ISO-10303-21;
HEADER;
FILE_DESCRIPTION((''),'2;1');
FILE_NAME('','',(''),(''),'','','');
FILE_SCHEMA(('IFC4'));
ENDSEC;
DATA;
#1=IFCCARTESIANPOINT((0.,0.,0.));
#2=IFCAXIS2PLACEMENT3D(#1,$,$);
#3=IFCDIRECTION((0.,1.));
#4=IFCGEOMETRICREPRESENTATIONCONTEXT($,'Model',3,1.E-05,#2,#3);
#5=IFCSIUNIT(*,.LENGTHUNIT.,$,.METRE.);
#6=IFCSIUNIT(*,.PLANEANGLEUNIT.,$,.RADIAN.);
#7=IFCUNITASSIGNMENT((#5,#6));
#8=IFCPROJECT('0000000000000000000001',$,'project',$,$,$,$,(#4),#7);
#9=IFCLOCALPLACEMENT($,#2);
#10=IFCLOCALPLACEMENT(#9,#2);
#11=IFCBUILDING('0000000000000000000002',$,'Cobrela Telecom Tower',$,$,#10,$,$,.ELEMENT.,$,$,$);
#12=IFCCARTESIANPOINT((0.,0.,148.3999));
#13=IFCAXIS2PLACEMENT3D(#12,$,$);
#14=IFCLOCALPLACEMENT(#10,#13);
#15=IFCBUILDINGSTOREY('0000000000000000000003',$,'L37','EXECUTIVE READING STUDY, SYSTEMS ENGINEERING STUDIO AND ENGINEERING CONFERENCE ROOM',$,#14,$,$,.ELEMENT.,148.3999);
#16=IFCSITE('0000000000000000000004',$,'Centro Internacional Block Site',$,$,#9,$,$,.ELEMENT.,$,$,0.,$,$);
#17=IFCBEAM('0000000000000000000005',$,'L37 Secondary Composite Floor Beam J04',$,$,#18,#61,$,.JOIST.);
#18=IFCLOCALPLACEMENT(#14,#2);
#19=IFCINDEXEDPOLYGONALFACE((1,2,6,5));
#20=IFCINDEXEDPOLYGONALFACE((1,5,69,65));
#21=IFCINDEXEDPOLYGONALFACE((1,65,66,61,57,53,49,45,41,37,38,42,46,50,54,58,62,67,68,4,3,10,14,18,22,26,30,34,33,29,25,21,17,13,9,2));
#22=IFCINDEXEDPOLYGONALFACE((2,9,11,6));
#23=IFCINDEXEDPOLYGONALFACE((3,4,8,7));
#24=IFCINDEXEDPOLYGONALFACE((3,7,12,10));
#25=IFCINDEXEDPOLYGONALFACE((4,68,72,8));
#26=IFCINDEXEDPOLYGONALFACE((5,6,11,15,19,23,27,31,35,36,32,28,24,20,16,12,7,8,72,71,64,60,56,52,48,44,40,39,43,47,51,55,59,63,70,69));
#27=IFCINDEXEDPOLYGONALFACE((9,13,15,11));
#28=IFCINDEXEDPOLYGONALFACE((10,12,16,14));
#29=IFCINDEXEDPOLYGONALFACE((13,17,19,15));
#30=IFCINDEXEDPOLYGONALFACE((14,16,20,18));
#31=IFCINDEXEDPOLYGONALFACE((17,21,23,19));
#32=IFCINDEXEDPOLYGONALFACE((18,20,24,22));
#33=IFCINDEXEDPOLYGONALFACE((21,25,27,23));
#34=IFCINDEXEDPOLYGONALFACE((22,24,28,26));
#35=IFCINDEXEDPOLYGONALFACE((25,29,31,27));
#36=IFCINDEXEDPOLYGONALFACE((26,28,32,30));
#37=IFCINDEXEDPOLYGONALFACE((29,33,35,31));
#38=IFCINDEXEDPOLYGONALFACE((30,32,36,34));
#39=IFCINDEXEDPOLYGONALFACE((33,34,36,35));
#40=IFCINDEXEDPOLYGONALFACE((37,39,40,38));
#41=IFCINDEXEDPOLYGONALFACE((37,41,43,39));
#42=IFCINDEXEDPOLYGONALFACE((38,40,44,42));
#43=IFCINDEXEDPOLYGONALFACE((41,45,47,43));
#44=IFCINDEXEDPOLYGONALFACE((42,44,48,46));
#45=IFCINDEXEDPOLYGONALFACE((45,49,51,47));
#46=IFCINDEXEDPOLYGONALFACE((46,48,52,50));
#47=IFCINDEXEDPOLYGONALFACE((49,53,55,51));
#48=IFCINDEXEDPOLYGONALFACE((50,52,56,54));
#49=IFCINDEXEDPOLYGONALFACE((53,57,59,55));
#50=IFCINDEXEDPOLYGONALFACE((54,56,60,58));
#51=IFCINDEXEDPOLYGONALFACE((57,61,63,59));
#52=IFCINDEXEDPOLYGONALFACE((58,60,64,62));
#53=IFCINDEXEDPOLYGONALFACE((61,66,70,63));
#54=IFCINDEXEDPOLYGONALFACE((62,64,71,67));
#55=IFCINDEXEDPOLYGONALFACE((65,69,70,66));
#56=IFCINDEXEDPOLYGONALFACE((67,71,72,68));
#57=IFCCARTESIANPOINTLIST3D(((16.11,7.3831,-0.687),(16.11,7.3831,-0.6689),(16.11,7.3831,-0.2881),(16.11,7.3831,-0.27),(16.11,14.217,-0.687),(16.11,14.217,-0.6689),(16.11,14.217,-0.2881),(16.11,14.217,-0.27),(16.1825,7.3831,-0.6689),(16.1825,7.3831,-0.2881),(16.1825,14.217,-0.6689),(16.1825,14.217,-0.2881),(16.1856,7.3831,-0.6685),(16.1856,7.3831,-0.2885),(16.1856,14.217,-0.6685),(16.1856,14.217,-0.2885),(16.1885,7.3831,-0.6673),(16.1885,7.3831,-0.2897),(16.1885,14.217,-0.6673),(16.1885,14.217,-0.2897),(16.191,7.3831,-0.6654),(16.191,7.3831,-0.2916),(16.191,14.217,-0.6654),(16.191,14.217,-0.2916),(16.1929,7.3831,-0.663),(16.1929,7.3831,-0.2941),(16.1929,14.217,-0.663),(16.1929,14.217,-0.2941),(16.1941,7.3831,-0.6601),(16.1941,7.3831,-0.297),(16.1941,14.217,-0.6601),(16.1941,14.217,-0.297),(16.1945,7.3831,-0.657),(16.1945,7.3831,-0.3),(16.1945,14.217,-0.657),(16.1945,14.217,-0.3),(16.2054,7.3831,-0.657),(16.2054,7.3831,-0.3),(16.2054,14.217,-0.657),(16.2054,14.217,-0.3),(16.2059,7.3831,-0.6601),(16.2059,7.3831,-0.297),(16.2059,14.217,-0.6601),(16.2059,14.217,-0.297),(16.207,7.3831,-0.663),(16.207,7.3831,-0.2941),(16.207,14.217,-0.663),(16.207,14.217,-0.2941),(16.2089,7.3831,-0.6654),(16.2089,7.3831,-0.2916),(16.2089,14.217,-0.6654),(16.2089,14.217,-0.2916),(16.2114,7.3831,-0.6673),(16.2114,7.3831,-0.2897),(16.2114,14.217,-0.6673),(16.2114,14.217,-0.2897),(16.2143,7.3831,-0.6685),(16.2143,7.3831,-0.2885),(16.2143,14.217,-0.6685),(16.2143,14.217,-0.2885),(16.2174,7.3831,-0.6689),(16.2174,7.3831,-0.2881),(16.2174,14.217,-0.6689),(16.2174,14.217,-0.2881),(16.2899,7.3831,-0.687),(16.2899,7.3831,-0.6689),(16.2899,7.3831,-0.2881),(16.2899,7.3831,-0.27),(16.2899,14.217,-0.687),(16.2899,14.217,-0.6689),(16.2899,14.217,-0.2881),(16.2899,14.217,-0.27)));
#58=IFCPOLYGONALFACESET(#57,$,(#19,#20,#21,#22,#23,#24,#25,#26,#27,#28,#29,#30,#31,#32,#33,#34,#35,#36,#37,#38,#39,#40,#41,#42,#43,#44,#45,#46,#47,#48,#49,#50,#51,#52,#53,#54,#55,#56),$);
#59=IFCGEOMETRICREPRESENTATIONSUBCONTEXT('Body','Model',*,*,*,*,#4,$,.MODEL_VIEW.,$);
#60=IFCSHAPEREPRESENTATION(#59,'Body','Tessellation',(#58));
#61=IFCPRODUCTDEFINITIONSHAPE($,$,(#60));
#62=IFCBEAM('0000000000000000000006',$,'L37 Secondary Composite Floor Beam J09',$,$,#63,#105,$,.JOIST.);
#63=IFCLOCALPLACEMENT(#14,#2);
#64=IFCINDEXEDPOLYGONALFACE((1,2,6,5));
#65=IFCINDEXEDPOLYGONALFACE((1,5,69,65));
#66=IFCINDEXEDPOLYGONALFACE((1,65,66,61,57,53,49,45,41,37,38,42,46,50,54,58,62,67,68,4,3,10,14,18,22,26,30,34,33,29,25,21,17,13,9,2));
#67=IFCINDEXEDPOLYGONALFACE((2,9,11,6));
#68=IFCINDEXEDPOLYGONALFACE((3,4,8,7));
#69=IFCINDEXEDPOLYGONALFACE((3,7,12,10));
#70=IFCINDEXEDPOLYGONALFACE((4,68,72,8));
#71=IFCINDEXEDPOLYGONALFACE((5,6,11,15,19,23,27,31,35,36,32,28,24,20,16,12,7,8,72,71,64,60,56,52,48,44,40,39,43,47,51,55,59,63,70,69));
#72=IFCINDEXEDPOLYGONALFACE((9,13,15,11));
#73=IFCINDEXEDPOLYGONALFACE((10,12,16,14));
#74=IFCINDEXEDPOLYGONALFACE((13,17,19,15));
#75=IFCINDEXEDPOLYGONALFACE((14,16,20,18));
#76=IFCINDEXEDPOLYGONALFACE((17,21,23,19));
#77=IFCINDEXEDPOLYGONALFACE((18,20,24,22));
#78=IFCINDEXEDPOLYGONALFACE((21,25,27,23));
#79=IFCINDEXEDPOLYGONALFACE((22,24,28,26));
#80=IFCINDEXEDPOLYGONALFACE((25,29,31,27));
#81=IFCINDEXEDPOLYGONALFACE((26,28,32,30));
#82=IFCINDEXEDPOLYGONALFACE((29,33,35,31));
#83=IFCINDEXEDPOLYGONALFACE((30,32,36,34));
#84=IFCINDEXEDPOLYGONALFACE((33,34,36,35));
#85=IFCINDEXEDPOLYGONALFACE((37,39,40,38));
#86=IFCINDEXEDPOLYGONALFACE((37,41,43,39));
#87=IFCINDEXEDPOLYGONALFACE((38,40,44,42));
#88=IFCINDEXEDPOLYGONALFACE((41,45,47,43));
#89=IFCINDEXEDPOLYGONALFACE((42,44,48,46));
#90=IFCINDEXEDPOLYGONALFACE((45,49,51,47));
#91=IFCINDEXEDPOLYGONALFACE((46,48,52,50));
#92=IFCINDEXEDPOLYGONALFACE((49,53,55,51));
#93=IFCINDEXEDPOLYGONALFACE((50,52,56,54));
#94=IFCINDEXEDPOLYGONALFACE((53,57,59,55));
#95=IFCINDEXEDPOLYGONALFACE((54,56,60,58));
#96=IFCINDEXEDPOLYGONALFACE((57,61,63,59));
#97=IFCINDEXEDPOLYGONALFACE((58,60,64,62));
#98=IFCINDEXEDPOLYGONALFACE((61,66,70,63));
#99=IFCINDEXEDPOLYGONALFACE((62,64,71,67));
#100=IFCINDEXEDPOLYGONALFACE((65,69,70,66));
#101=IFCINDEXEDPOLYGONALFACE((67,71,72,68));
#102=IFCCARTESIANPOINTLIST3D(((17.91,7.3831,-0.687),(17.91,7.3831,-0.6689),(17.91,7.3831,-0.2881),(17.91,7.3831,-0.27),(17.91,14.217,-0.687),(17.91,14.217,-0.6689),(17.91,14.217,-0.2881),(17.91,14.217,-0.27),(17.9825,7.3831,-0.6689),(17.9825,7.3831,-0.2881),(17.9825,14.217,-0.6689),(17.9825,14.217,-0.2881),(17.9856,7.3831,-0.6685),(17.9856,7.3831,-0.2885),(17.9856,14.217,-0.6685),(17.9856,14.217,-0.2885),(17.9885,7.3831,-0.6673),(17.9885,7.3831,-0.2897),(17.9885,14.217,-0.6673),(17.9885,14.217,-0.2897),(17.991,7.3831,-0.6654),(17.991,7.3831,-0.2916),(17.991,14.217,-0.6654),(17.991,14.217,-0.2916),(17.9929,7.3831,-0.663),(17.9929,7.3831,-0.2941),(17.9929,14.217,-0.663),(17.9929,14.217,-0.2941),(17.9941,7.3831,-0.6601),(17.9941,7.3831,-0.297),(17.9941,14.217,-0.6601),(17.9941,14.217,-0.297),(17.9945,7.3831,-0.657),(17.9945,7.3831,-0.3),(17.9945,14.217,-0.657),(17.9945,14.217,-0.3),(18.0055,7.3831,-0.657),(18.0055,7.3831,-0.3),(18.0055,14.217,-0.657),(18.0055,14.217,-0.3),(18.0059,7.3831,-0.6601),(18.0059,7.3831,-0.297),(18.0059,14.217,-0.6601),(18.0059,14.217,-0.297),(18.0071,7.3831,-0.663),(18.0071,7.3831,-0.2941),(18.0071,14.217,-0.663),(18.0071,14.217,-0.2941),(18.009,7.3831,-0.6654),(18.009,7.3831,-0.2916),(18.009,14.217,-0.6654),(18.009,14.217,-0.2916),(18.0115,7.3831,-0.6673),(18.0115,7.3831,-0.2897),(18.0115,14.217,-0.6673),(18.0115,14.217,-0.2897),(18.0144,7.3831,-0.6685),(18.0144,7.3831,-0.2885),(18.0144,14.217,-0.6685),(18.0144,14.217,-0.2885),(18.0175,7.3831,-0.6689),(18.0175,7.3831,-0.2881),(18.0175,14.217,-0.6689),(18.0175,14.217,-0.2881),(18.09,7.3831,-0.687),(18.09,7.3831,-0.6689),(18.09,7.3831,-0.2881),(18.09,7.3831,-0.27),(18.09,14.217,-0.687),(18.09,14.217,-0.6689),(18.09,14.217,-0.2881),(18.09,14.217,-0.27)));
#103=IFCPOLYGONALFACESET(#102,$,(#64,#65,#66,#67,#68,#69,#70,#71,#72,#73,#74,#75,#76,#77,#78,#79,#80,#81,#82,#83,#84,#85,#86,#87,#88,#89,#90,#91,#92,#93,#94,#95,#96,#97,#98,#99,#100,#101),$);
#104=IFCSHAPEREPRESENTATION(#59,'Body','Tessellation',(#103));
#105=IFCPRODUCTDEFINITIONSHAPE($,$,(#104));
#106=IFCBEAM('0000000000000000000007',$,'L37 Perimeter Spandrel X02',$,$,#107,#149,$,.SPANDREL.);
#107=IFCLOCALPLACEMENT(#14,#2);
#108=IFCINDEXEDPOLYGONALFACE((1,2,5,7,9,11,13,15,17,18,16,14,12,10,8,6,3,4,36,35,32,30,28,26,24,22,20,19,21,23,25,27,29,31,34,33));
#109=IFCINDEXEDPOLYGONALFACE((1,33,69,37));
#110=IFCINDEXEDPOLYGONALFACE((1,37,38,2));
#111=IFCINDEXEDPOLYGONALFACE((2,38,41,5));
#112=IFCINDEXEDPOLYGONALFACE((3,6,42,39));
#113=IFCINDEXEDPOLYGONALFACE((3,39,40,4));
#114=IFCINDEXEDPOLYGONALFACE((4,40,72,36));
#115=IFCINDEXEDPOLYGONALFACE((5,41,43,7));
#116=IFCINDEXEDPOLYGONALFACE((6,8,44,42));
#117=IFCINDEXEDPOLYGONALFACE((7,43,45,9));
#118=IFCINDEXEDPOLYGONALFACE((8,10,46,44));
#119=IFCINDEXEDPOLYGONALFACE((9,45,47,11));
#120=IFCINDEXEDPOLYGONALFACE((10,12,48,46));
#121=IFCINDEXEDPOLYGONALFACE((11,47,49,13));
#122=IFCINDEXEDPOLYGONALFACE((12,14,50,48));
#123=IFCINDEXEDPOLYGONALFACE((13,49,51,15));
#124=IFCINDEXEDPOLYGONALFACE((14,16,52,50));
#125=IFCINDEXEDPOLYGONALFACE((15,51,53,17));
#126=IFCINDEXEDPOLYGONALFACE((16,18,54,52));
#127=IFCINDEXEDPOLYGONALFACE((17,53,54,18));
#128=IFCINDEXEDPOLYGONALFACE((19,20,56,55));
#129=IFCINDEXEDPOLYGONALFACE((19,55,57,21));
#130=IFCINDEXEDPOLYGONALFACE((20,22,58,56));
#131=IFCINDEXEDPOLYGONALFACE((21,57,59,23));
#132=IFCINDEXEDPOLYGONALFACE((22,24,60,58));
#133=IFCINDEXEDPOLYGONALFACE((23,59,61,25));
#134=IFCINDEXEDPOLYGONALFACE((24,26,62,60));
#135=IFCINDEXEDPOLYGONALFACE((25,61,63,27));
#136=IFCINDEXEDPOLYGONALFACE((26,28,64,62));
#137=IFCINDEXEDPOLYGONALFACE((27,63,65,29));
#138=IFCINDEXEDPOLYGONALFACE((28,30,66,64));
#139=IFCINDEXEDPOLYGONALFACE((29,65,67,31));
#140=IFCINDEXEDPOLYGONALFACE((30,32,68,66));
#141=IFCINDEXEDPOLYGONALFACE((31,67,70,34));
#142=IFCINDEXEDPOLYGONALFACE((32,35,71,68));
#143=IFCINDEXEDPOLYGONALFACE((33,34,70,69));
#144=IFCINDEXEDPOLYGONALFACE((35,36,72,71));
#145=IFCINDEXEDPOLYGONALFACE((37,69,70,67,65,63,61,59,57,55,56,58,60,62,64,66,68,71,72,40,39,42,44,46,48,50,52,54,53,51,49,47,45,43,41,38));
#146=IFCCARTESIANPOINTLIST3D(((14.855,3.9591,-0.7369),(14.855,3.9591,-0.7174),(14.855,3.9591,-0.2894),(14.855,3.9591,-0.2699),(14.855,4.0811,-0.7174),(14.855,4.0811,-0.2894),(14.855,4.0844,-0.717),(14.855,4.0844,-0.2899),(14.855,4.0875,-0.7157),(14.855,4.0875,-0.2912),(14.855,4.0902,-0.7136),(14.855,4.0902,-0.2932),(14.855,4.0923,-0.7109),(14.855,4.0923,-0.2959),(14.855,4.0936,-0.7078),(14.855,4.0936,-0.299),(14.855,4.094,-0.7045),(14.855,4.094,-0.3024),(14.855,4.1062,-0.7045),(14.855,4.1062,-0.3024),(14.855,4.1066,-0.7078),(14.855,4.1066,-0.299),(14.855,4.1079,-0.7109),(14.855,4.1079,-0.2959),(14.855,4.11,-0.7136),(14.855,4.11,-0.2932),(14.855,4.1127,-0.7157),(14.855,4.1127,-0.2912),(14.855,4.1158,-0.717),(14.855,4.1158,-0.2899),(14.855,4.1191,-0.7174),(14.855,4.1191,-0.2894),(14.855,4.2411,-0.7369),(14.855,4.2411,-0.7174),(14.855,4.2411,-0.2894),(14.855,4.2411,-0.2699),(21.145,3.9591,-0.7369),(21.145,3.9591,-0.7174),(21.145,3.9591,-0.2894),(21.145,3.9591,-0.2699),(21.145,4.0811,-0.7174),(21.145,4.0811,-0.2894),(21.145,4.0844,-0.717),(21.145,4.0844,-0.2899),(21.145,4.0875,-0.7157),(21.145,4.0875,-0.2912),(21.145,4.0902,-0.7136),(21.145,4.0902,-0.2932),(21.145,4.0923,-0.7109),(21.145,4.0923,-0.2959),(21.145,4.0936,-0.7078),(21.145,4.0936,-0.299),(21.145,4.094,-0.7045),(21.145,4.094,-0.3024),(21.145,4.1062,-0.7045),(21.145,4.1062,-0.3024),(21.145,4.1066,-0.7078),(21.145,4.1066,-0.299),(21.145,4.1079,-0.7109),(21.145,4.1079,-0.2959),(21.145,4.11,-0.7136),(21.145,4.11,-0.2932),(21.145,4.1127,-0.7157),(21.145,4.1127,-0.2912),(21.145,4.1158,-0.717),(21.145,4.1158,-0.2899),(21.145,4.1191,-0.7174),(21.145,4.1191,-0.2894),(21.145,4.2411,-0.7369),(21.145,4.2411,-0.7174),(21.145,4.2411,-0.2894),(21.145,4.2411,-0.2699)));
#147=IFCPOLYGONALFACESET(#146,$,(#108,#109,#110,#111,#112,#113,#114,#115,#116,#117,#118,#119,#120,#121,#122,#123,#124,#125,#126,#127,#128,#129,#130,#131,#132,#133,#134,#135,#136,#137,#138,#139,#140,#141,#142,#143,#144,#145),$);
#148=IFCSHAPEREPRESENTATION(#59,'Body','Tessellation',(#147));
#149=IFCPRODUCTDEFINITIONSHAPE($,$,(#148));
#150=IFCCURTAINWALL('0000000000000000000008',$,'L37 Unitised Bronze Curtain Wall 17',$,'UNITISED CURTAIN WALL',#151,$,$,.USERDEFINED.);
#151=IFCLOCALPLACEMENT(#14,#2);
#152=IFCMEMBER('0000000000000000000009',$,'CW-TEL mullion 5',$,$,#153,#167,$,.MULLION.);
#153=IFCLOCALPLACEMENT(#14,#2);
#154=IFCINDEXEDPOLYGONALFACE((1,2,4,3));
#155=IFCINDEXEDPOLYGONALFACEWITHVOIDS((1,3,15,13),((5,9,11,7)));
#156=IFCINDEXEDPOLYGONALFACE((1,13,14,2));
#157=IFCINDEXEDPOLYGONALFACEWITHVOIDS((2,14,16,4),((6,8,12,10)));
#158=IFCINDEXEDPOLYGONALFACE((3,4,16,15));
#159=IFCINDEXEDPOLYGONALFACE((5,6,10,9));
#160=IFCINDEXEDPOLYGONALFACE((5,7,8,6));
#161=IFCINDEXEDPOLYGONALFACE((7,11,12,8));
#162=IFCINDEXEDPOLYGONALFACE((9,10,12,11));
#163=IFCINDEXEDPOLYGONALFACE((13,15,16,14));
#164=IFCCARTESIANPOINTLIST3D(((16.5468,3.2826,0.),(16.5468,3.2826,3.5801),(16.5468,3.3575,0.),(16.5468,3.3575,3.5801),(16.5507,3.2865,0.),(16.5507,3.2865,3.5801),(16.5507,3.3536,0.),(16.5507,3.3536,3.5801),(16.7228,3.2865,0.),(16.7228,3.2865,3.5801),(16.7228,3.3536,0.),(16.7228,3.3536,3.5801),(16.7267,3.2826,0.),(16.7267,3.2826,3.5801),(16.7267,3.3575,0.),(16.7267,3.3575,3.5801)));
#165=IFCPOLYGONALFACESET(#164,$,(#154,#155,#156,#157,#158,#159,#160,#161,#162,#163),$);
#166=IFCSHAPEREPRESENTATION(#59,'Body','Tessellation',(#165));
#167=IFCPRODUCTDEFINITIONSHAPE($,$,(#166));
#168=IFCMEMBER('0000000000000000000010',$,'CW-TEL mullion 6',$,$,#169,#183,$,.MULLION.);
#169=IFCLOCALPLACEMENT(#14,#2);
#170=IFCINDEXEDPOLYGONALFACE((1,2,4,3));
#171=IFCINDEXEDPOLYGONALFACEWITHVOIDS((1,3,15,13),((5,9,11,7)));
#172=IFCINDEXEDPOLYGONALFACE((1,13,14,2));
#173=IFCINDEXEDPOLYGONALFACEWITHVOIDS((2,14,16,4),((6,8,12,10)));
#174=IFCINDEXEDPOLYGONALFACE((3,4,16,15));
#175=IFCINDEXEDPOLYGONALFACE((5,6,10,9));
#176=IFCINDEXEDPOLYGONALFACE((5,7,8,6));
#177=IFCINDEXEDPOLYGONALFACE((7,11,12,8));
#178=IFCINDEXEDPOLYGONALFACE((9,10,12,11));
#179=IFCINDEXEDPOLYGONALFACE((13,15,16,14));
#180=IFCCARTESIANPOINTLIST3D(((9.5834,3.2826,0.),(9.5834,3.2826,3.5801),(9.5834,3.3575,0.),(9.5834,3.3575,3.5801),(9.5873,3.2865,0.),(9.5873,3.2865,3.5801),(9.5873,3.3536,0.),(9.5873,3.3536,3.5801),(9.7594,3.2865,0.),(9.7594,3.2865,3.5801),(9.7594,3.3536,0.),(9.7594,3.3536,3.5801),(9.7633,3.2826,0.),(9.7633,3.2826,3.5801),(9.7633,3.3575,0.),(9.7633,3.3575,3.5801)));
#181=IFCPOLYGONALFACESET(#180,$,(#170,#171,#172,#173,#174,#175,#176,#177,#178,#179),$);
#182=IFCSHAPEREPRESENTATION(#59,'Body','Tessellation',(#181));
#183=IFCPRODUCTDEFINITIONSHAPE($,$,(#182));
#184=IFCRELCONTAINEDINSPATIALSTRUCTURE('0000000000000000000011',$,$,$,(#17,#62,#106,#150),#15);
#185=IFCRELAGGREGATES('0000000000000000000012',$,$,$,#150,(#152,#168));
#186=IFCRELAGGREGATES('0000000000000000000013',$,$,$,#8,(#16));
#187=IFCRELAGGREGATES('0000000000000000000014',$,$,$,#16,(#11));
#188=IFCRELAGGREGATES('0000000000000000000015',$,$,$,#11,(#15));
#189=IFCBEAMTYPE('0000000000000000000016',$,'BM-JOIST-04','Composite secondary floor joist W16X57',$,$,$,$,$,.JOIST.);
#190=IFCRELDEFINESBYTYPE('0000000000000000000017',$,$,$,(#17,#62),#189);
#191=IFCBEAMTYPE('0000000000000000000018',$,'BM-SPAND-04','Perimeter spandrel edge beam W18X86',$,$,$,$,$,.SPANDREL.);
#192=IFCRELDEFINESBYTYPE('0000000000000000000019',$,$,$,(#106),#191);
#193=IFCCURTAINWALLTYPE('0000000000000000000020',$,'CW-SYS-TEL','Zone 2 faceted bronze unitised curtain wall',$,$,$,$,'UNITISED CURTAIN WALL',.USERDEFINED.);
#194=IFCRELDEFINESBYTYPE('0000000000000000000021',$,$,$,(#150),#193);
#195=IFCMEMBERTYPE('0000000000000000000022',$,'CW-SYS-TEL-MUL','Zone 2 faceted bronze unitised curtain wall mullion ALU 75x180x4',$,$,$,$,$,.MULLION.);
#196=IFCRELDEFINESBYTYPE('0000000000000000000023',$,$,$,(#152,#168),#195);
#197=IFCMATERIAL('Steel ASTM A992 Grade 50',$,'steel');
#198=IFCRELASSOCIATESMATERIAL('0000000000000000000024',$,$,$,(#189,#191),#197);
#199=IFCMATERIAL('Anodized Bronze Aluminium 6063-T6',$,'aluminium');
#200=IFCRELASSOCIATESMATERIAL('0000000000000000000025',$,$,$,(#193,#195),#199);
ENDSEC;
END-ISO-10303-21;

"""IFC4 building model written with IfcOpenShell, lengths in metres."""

from ifc_helpers import new_model, si_unit, direction, frame, origin, origin_2d, place, context, subcontext, project, spatial, hollow_rectangle, i_section, extrude, material, material_profile, profile_set, type_object, element, aggregate, save


model = new_model("IFC4")

# Units and contexts
model_context = context("Model", 3, precision=1e-05, world=origin(), true_north=direction((0.0, 1.0)))
body_context = subcontext(model_context, "Body", "Model", "MODEL_VIEW")
ifc_project = project(units=[si_unit("LENGTHUNIT", "METRE"), si_unit("PLANEANGLEUNIT", "RADIAN")], contexts=[model_context])

# Site, building, storey
site_placement = place(None, origin())
site = spatial("IfcSite", under=ifc_project, at=site_placement, Name="Centro Internacional Block Site", CompositionType="ELEMENT", RefElevation=0.0)
building_placement = place(site_placement, origin())
building = spatial("IfcBuilding", under=site, at=building_placement, Name="Cobrela Telecom Tower", CompositionType="ELEMENT")
storey_placement = place(building_placement, frame((0.0, 0.0, 148.3999)))
storey = spatial("IfcBuildingStorey", under=building, at=storey_placement, Name="L37", Description="EXECUTIVE READING STUDY, SYSTEMS ENGINEERING STUDIO AND ENGINEERING CONFERENCE ROOM", CompositionType="ELEMENT", Elevation=148.3999)

# Beams
ifc_material_1 = material(Name="Steel ASTM A992 Grade 50", Category="steel")
ifc_material_profile_1 = material_profile(ifc_material_1, i_section(OverallWidth=0.1799, OverallDepth=0.417, WebThickness=0.011, FlangeThickness=0.0181, FilletRadius=0.012, at=origin_2d()), Name="W16X57")
ifc_profile_set_1 = profile_set([ifc_material_profile_1], Name="Steel ASTM A992 Grade 50")
beam_type_1 = type_object("IfcBeamType", Name="BM-JOIST-04", Description="Composite secondary floor joist W16X57", PredefinedType="JOIST", material=ifc_profile_set_1)
for number, where, z_axis, x_axis, name in (
    (1, (16.2, 7.3831, -0.4785), (0.0, 1.0, 0.0), (-1.0, 0.0, 0.0), "L37 Secondary Composite Floor Beam J04"),
    (2, (18.0, 7.3831, -0.4785), (0.0, 1.0, 0.0), (-1.0, 0.0, 0.0), "L37 Secondary Composite Floor Beam J09"),
):
    element("IfcBeam", number, at=place(storey_placement, frame(where, z_axis=z_axis, x_axis=x_axis)), inside=storey, type_object=beam_type_1, Name=name, PredefinedType="JOIST", context=body_context, shape_type="SweptSolid", body=[
        extrude(i_section(OverallWidth=0.1799, OverallDepth=0.417, WebThickness=0.011, FlangeThickness=0.0181, FilletRadius=0.012, at=origin_2d()), origin(), (0.0, 0.0, 1.0), 6.834),
    ])
ifc_material_profile_2 = material_profile(ifc_material_1, i_section(OverallWidth=0.282, OverallDepth=0.467, WebThickness=0.0122, FlangeThickness=0.0195, FilletRadius=0.0129, at=origin_2d()), Name="W18X86")
ifc_profile_set_2 = profile_set([ifc_material_profile_2], Name="Steel ASTM A992 Grade 50")
beam_type_2 = type_object("IfcBeamType", Name="BM-SPAND-04", Description="Perimeter spandrel edge beam W18X86", PredefinedType="SPANDREL", material=ifc_profile_set_2)
beam_1_placement = place(storey_placement, frame((14.855, 4.1001, -0.5034), z_axis=(1.0, 0.0, 0.0), x_axis=(0.0, 1.0, 0.0)))
element("IfcBeam", 3, at=beam_1_placement, inside=storey, type_object=beam_type_2, Name="L37 Perimeter Spandrel X02", PredefinedType="SPANDREL", context=body_context, shape_type="SweptSolid", body=[
    extrude(i_section(OverallWidth=0.282, OverallDepth=0.467, WebThickness=0.0122, FlangeThickness=0.0195, FilletRadius=0.0129, at=origin_2d()), origin(), (0.0, 0.0, 1.0), 6.29),
])

# Curtain wall, members
ifc_material_2 = material(Name="Anodized Bronze Aluminium 6063-T6", Category="aluminium")
curtain_wall_type = type_object("IfcCurtainWallType", Name="CW-SYS-TEL", Description="Zone 2 faceted bronze unitised curtain wall", ElementType="UNITISED CURTAIN WALL", PredefinedType="USERDEFINED", material=ifc_material_2)
curtain_wall_placement = place(storey_placement, origin())
curtain_wall = element("IfcCurtainWall", 4, at=curtain_wall_placement, inside=storey, type_object=curtain_wall_type, Name="L37 Unitised Bronze Curtain Wall 17", ObjectType="UNITISED CURTAIN WALL", PredefinedType="USERDEFINED")
ifc_material_profile_3 = material_profile(ifc_material_2, hollow_rectangle(XDim=0.075, YDim=0.1799, WallThickness=0.0039, at=origin_2d()), Name="ALU 75x180x4")
ifc_profile_set_3 = profile_set([ifc_material_profile_3], Name="Anodized Bronze Aluminium 6063-T6")
member_type_1 = type_object("IfcMemberType", Name="CW-SYS-TEL-MUL", Description="Zone 2 faceted bronze unitised curtain wall mullion ALU 75x180x4", PredefinedType="MULLION", material=ifc_profile_set_3)
member_1_placement = place(storey_placement, frame((16.6367, 3.3201, 0.0), z_axis=(0.0, 0.0, 1.0), x_axis=(0.0, -1.0, 0.0)))
member_1 = element("IfcMember", 5, at=member_1_placement, type_object=member_type_1, Name="CW-TEL mullion 5", PredefinedType="MULLION", context=body_context, shape_type="SweptSolid", body=[
    extrude(hollow_rectangle(XDim=0.075, YDim=0.1799, WallThickness=0.0039, at=origin_2d()), origin(), (0.0, 0.0, 1.0), 3.5801),
])
member_2_placement = place(storey_placement, frame((9.6733, 3.3201, 0.0), z_axis=(0.0, 0.0, 1.0), x_axis=(0.0, -1.0, 0.0)))
member_2 = element("IfcMember", 6, at=member_2_placement, type_object=member_type_1, Name="CW-TEL mullion 6", PredefinedType="MULLION", context=body_context, shape_type="SweptSolid", body=[
    extrude(hollow_rectangle(XDim=0.075, YDim=0.1799, WallThickness=0.0039, at=origin_2d()), origin(), (0.0, 0.0, 1.0), 3.5801),
])
aggregate(curtain_wall, [member_1, member_2])

save(model, "model.ifc")
